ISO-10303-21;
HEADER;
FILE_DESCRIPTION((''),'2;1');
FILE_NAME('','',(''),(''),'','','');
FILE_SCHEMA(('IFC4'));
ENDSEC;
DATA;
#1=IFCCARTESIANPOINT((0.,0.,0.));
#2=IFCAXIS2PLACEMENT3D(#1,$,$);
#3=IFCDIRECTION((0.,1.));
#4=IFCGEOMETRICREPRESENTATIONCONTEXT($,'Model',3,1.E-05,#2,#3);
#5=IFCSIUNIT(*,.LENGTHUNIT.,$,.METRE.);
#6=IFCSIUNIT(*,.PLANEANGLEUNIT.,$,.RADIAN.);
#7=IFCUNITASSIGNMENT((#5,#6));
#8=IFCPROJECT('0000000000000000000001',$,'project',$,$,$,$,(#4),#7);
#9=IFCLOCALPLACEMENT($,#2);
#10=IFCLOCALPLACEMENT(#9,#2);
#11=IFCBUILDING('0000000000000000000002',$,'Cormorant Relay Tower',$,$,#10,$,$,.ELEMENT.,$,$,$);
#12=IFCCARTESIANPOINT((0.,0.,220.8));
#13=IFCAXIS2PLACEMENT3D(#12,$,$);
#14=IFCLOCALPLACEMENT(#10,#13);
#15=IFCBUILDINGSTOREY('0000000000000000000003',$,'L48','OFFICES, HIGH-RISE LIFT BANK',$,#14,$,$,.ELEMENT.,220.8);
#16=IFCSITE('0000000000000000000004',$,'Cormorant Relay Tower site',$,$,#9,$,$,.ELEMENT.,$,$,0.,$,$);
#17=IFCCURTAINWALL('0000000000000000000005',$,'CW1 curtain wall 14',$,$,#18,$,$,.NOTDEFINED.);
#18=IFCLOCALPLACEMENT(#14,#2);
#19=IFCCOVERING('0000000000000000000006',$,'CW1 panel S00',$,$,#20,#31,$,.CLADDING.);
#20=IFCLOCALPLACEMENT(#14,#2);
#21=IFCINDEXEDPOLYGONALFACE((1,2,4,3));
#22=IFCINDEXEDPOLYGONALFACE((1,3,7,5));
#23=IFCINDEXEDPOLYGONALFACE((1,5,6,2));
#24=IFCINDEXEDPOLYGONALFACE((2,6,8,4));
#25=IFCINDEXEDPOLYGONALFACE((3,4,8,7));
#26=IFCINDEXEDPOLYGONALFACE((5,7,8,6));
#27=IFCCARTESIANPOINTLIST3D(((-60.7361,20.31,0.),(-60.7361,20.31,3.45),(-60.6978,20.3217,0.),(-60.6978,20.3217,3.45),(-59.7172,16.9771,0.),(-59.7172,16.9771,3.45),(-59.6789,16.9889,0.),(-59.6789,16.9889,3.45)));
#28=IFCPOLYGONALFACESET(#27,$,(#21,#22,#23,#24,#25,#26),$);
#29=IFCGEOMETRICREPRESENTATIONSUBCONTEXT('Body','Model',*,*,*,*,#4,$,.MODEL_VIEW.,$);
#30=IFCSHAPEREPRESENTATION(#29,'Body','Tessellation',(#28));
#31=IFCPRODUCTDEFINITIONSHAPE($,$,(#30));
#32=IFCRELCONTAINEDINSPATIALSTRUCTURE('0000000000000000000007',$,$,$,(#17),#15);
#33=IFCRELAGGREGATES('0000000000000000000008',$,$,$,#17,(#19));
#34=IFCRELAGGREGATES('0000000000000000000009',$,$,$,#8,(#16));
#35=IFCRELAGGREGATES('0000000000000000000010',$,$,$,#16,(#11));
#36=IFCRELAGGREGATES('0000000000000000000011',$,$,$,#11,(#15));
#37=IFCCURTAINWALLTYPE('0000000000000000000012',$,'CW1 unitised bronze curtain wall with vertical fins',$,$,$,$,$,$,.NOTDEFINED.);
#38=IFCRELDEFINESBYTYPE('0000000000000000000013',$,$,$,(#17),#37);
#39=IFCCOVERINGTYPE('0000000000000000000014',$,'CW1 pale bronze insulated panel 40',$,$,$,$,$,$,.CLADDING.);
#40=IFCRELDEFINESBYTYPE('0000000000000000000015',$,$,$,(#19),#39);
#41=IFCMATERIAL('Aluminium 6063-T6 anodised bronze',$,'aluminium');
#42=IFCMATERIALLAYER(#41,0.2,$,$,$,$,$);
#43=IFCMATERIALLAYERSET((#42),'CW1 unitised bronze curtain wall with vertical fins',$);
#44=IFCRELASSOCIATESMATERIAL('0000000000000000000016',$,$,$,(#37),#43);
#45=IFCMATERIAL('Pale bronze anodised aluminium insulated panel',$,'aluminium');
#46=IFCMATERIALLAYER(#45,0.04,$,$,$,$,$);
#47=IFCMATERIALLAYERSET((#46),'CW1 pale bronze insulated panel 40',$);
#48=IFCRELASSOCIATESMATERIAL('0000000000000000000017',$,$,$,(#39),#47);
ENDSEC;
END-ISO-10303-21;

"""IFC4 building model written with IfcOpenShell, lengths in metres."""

from ifc_helpers import new_model, si_unit, direction, frame, origin, origin_2d, place, context, subcontext, project, spatial, rectangle, extrude, material, layer, layer_set, type_object, element, aggregate, save


model = new_model("IFC4")

# Units and contexts
model_context = context("Model", 3, precision=1e-05, world=origin(), true_north=direction((0.0, 1.0)))
body_context = subcontext(model_context, "Body", "Model", "MODEL_VIEW")
ifc_project = project(units=[si_unit("LENGTHUNIT", "METRE"), si_unit("PLANEANGLEUNIT", "RADIAN")], contexts=[model_context])

# Site, building, storey
site_placement = place(None, origin())
site = spatial("IfcSite", under=ifc_project, at=site_placement, Name="Cormorant Relay Tower site", CompositionType="ELEMENT", RefElevation=0.0)
building_placement = place(site_placement, origin())
building = spatial("IfcBuilding", under=site, at=building_placement, Name="Cormorant Relay Tower", CompositionType="ELEMENT")
storey_placement = place(building_placement, frame((0.0, 0.0, 220.8)))
storey = spatial("IfcBuildingStorey", under=building, at=storey_placement, Name="L48", Description="OFFICES, HIGH-RISE LIFT BANK", CompositionType="ELEMENT", Elevation=220.8)

# Curtain wall
ifc_material_1 = material(Name="Aluminium 6063-T6 anodised bronze", Category="aluminium")
ifc_layer_1 = layer(ifc_material_1, 0.2)
ifc_layer_set_1 = layer_set([ifc_layer_1], Name="CW1 unitised bronze curtain wall with vertical fins")
curtain_wall_type = type_object("IfcCurtainWallType", Name="CW1 unitised bronze curtain wall with vertical fins", PredefinedType="NOTDEFINED", material=ifc_layer_set_1)
curtain_wall_1_placement = place(storey_placement, origin())
curtain_wall_1 = element("IfcCurtainWall", 1, at=curtain_wall_1_placement, inside=storey, type_object=curtain_wall_type, Name="CW1 curtain wall 14", PredefinedType="NOTDEFINED")

# Covering
ifc_material_2 = material(Name="Pale bronze anodised aluminium insulated panel", Category="aluminium")
ifc_layer_2 = layer(ifc_material_2, 0.04)
ifc_layer_set_2 = layer_set([ifc_layer_2], Name="CW1 pale bronze insulated panel 40")
covering_type = type_object("IfcCoveringType", Name="CW1 pale bronze insulated panel 40", PredefinedType="CLADDING", material=ifc_layer_set_2)
covering_1_placement = place(storey_placement, frame((-60.2075, 18.6494, 0.0), z_axis=(0.0, 0.0, 1.0), x_axis=(0.292372, -0.956305, 0.0)))
covering_1 = element("IfcCovering", 2, at=covering_1_placement, type_object=covering_type, Name="CW1 panel S00", PredefinedType="CLADDING", context=body_context, shape_type="SweptSolid", body=[
    extrude(rectangle(XDim=3.4851, YDim=0.04, at=origin_2d()), origin(), (0.0, 0.0, 1.0), 3.45),
])
aggregate(curtain_wall_1, [covering_1])

save(model, "model.ifc")
